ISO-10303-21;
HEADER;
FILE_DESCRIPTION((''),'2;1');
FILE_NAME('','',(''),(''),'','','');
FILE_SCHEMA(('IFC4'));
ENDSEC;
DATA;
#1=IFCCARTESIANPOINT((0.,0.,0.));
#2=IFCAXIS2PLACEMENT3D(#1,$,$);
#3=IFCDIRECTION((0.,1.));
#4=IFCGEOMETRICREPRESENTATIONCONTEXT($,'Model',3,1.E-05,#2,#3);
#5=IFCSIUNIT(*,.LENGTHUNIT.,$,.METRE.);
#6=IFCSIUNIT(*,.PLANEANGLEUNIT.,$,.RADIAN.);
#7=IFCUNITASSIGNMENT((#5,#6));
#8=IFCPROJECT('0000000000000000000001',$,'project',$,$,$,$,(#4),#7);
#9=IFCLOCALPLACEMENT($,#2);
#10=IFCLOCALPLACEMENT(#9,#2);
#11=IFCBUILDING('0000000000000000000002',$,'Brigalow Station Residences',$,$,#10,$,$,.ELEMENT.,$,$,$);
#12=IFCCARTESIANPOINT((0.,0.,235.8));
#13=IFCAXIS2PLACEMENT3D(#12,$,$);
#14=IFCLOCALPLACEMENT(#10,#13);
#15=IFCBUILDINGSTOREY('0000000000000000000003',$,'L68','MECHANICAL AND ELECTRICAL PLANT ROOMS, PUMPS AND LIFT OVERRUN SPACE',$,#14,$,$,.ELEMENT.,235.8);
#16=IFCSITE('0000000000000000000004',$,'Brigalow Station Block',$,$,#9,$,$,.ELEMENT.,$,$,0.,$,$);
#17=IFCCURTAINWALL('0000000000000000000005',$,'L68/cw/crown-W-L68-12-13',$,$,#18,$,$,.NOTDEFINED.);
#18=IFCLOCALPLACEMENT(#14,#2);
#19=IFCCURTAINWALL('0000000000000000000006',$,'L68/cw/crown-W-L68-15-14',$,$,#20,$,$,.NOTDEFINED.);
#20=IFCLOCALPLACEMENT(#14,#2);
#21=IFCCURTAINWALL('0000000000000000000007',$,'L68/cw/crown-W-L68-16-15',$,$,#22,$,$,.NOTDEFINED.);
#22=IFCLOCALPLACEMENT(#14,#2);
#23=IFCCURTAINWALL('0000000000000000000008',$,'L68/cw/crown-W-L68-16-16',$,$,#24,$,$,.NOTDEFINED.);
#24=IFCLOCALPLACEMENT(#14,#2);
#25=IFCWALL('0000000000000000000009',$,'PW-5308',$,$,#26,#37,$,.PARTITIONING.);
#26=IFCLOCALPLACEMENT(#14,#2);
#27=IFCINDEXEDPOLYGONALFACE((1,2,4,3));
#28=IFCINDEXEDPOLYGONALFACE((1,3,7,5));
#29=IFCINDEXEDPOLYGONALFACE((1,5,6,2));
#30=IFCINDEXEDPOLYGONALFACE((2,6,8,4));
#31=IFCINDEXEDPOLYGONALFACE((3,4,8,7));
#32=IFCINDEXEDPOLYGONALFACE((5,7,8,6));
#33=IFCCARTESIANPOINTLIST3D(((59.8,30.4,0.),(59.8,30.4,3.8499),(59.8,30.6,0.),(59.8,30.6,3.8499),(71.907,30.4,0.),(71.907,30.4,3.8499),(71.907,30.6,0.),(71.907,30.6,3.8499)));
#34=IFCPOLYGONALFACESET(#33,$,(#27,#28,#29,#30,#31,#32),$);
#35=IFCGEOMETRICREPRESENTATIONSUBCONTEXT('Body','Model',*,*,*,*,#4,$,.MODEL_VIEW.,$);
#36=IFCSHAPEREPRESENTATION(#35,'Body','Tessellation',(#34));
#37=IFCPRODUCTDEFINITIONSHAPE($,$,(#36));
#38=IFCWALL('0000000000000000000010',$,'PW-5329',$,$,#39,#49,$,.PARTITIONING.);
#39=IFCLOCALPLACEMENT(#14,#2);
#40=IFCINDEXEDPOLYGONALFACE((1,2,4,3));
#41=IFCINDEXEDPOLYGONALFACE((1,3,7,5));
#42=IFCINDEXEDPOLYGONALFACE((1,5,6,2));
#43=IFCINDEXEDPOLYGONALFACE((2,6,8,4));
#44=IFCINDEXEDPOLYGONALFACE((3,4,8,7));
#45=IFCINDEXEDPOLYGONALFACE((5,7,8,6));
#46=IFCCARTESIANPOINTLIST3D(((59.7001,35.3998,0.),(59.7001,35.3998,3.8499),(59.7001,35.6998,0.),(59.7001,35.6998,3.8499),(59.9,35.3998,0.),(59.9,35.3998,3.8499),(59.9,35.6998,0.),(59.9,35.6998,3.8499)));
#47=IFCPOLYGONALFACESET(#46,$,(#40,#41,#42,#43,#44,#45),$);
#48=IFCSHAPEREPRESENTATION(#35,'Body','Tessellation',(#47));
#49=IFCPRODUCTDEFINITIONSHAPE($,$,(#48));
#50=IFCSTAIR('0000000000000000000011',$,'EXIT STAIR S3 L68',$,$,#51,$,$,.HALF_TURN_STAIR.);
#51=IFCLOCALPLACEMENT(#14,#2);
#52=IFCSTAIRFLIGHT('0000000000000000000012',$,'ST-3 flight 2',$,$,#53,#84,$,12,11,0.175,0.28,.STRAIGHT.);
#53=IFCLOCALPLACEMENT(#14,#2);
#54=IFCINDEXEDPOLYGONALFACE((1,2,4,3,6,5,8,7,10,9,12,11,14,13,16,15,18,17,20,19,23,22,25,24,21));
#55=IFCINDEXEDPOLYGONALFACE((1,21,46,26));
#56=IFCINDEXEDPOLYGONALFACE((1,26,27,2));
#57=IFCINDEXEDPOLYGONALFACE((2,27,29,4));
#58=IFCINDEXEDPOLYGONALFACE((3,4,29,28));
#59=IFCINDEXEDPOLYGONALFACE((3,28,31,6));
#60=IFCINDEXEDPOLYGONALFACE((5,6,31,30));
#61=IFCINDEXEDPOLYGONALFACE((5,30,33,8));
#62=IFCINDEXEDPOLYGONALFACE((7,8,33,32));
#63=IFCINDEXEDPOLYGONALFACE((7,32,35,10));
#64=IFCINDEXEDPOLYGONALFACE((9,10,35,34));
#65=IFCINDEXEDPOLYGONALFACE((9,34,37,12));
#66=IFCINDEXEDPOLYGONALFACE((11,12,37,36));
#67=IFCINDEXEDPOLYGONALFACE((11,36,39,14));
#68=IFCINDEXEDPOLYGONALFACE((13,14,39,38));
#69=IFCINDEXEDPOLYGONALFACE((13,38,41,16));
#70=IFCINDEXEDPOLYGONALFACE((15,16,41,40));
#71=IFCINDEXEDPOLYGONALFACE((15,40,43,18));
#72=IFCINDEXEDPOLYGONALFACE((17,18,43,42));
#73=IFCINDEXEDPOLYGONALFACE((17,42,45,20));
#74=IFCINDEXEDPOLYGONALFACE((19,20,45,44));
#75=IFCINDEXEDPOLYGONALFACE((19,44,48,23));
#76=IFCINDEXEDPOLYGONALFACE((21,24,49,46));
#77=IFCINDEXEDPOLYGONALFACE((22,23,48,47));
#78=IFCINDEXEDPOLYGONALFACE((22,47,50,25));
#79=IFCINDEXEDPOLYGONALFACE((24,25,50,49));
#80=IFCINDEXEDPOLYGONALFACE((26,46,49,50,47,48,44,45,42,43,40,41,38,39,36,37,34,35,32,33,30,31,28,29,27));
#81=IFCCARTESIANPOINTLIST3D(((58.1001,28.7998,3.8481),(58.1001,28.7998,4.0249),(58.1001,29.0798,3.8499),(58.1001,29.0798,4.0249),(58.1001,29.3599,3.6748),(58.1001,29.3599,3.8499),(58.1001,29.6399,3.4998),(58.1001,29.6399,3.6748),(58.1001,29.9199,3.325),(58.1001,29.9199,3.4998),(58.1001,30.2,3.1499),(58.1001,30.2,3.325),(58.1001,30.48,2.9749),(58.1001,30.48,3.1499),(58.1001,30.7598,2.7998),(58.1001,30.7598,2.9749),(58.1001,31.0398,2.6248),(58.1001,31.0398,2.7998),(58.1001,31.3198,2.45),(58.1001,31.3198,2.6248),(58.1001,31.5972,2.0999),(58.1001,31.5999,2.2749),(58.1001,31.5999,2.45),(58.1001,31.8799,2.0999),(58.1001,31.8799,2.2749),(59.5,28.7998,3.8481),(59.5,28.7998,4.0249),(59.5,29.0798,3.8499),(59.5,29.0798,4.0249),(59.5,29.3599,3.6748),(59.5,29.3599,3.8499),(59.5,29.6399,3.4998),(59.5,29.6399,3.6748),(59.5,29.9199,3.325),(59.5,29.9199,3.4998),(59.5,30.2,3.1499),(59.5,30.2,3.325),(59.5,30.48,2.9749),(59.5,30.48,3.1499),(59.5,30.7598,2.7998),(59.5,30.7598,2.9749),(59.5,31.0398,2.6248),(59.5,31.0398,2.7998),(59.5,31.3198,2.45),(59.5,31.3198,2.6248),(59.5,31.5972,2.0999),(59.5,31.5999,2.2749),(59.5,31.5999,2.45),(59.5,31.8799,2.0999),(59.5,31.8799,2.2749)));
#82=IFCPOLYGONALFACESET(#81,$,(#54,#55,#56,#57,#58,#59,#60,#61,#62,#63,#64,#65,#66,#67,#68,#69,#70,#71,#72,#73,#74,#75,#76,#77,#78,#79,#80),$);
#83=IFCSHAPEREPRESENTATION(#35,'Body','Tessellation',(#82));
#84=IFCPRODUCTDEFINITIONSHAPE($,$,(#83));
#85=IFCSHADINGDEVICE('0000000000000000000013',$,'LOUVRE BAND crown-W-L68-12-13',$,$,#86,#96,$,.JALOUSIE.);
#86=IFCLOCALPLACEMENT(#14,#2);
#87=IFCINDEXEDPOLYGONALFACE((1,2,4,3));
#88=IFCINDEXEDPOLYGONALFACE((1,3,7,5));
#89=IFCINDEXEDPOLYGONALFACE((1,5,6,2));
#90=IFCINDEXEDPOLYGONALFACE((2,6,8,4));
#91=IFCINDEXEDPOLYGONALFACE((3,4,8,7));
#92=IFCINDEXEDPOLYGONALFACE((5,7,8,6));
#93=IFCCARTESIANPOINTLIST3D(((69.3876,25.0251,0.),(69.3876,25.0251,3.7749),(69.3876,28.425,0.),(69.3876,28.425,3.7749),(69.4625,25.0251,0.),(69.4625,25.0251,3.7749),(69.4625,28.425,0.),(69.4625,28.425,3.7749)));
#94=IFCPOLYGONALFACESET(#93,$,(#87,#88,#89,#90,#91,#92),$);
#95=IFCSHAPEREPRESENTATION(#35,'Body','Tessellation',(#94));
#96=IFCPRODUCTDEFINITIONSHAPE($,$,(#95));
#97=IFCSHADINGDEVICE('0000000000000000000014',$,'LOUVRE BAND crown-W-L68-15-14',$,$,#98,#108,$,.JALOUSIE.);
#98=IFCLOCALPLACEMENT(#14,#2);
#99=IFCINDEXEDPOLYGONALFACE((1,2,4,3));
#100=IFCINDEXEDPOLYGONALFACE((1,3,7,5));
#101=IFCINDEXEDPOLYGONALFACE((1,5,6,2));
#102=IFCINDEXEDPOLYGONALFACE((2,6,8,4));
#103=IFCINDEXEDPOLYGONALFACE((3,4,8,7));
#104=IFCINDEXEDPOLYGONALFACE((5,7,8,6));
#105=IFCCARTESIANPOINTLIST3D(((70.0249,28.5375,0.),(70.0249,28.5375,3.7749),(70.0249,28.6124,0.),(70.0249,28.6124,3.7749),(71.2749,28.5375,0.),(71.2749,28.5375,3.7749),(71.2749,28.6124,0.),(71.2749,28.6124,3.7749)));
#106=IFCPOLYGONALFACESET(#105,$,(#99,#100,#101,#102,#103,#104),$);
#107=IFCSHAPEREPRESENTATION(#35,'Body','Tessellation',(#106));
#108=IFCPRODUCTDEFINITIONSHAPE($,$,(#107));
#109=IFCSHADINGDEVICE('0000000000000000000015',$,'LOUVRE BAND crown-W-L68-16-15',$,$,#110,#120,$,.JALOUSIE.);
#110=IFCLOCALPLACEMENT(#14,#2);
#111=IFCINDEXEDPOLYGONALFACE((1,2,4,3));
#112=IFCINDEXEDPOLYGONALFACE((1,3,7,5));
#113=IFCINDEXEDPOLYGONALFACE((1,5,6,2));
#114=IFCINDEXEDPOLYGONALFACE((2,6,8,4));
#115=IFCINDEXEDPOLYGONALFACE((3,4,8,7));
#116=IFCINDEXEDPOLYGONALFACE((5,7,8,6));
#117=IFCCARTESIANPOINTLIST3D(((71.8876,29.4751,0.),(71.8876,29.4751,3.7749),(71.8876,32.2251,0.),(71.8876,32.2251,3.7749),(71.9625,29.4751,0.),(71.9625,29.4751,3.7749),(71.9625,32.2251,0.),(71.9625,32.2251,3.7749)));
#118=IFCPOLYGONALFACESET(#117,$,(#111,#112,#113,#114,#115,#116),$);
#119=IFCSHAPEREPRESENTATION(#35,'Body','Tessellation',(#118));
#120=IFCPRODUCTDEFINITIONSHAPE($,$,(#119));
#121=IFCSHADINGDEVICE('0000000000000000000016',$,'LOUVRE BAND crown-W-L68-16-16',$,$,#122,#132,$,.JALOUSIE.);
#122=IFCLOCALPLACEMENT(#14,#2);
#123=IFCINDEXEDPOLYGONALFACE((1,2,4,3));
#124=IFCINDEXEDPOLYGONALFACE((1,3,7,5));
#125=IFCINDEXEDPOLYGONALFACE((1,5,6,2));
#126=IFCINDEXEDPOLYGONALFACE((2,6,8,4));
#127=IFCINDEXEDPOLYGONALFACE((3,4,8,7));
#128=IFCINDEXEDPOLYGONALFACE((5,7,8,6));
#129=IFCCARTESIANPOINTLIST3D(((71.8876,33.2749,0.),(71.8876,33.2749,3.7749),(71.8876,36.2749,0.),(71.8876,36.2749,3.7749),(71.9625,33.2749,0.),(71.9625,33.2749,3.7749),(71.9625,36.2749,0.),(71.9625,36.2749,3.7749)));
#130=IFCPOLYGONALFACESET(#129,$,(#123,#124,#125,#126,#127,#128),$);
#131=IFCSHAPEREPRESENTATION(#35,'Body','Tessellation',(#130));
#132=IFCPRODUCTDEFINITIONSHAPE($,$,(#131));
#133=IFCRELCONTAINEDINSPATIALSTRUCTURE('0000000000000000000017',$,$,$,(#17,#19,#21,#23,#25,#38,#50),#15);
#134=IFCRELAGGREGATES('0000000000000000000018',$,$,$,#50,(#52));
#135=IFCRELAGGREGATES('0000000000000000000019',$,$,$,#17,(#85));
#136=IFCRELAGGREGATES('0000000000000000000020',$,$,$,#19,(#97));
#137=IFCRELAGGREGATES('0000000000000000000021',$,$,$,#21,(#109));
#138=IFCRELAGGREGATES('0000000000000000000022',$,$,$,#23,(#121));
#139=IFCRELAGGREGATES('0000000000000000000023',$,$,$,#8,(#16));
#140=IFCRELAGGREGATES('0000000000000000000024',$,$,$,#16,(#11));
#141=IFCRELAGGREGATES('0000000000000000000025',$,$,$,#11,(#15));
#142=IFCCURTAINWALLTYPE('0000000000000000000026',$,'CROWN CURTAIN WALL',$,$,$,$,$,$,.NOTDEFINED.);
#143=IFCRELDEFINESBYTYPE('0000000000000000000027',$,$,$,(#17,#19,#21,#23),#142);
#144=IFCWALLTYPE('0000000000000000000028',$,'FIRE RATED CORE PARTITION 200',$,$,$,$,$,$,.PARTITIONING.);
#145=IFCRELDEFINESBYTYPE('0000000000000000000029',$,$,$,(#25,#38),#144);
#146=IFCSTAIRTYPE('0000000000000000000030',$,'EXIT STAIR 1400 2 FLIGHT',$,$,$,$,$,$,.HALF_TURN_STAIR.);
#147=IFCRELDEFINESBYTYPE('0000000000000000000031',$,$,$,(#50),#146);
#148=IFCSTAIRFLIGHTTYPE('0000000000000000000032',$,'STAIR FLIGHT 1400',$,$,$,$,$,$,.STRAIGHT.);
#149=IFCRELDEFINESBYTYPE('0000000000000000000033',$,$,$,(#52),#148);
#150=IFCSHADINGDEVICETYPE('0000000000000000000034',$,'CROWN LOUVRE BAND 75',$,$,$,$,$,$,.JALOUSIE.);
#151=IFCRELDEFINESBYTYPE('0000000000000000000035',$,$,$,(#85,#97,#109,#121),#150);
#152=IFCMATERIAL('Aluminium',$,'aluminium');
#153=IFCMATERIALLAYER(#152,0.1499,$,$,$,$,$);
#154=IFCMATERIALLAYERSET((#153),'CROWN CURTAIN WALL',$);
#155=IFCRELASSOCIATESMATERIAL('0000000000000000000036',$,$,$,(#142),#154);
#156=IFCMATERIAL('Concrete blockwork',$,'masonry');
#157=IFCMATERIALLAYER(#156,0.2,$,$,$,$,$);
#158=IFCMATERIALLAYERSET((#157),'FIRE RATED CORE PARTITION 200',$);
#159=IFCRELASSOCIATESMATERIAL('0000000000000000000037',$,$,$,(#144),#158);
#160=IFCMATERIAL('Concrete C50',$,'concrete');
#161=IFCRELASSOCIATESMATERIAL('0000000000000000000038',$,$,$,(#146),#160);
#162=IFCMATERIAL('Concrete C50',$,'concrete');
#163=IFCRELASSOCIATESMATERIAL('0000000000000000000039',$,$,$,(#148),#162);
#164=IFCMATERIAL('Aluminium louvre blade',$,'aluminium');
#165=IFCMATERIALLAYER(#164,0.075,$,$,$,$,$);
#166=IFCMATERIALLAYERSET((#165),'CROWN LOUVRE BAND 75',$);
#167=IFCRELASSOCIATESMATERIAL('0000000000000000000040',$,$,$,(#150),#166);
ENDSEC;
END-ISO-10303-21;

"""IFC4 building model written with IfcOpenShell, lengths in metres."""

from ifc_helpers import new_model, si_unit, direction, frame, frame_2d, origin, origin_2d, place, context, subcontext, project, spatial, polyline, rectangle, outline, extrude, material, layer, layer_set, type_object, element, aggregate, save


model = new_model("IFC4")

# Units and contexts
model_context = context("Model", 3, precision=1e-05, world=origin(), true_north=direction((0.0, 1.0)))
body_context = subcontext(model_context, "Body", "Model", "MODEL_VIEW")
ifc_project = project(units=[si_unit("LENGTHUNIT", "METRE"), si_unit("PLANEANGLEUNIT", "RADIAN")], contexts=[model_context])

# Site, building, storey
site_placement = place(None, origin())
site = spatial("IfcSite", under=ifc_project, at=site_placement, Name="Brigalow Station Block", CompositionType="ELEMENT", RefElevation=0.0)
building_placement = place(site_placement, origin())
building = spatial("IfcBuilding", under=site, at=building_placement, Name="Brigalow Station Residences", CompositionType="ELEMENT")
storey_placement = place(building_placement, frame((0.0, 0.0, 235.8)))
storey = spatial("IfcBuildingStorey", under=building, at=storey_placement, Name="L68", Description="MECHANICAL AND ELECTRICAL PLANT ROOMS, PUMPS AND LIFT OVERRUN SPACE", CompositionType="ELEMENT", Elevation=235.8)

# Curtain walls
ifc_material_1 = material(Name="Aluminium", Category="aluminium")
ifc_layer_1 = layer(ifc_material_1, 0.1499)
ifc_layer_set_1 = layer_set([ifc_layer_1], Name="CROWN CURTAIN WALL")
curtain_wall_type = type_object("IfcCurtainWallType", Name="CROWN CURTAIN WALL", PredefinedType="NOTDEFINED", material=ifc_layer_set_1)
curtain_wall_1_placement = place(storey_placement, origin())
curtain_wall_1 = element("IfcCurtainWall", 1, at=curtain_wall_1_placement, inside=storey, type_object=curtain_wall_type, Name="L68/cw/crown-W-L68-12-13", PredefinedType="NOTDEFINED")
curtain_wall_2_placement = place(storey_placement, origin())
curtain_wall_2 = element("IfcCurtainWall", 2, at=curtain_wall_2_placement, inside=storey, type_object=curtain_wall_type, Name="L68/cw/crown-W-L68-15-14", PredefinedType="NOTDEFINED")
curtain_wall_3_placement = place(storey_placement, origin())
curtain_wall_3 = element("IfcCurtainWall", 3, at=curtain_wall_3_placement, inside=storey, type_object=curtain_wall_type, Name="L68/cw/crown-W-L68-16-15", PredefinedType="NOTDEFINED")

# Curtain wall
curtain_wall_4_placement = place(storey_placement, origin())
curtain_wall_4 = element("IfcCurtainWall", 4, at=curtain_wall_4_placement, inside=storey, type_object=curtain_wall_type, Name="L68/cw/crown-W-L68-16-16", PredefinedType="NOTDEFINED")

# Walls
ifc_material_2 = material(Name="Concrete blockwork", Category="masonry")
ifc_layer_2 = layer(ifc_material_2, 0.2)
ifc_layer_set_2 = layer_set([ifc_layer_2], Name="FIRE RATED CORE PARTITION 200")
wall_type_1 = type_object("IfcWallType", Name="FIRE RATED CORE PARTITION 200", PredefinedType="PARTITIONING", material=ifc_layer_set_2)
wall_1_placement = place(storey_placement, frame((59.8, 30.5, 0.0), z_axis=(0.0, 0.0, 1.0), x_axis=(1.0, 0.0, 0.0)))
element("IfcWall", 5, at=wall_1_placement, inside=storey, type_object=wall_type_1, Name="PW-5308", PredefinedType="PARTITIONING", context=body_context, shape_type="SweptSolid", body=[
    extrude(rectangle(XDim=12.1069, YDim=0.2, at=frame_2d((6.0535, 0.0))), origin(), (0.0, 0.0, 1.0), 3.8499),
])
wall_2_placement = place(storey_placement, frame((59.8, 35.3999, 0.0), z_axis=(0.0, 0.0, 1.0), x_axis=(0.0, 1.0, 0.0)))
element("IfcWall", 6, at=wall_2_placement, inside=storey, type_object=wall_type_1, Name="PW-5329", PredefinedType="PARTITIONING", context=body_context, shape_type="SweptSolid", body=[
    extrude(rectangle(XDim=0.3, YDim=0.2, at=frame_2d((0.1499, 0.0))), origin(), (0.0, 0.0, 1.0), 3.8499),
])

# Stair, stair flight
ifc_material_3 = material(Name="Concrete C50", Category="concrete")
stair_type = type_object("IfcStairType", Name="EXIT STAIR 1400 2 FLIGHT", PredefinedType="HALF_TURN_STAIR", material=ifc_material_3)
stair_placement = place(storey_placement, origin())
stair = element("IfcStair", 7, at=stair_placement, inside=storey, type_object=stair_type, Name="EXIT STAIR S3 L68", PredefinedType="HALF_TURN_STAIR")
ifc_material_4 = material(Name="Concrete C50", Category="concrete")
stair_flight_type = type_object("IfcStairFlightType", Name="STAIR FLIGHT 1400", PredefinedType="STRAIGHT", material=ifc_material_4)
stair_flight_placement = place(storey_placement, frame((58.8, 31.8799, 2.0999), z_axis=(0.0, 0.0, 1.0), x_axis=(0.0, -1.0, 0.0)))
stair_flight = element("IfcStairFlight", 8, at=stair_flight_placement, type_object=stair_flight_type, Name="ST-3 flight 2", NumberOfRisers=12, NumberOfTreads=11, PredefinedType="STRAIGHT", RiserHeight=0.175, TreadLength=0.28, context=body_context, shape_type="SweptSolid", body=[
    extrude(outline(polyline([(0.0, 0.0), (0.0, 0.175), (0.28, 0.175), (0.28, 0.3501), (0.5601, 0.3501), (0.5601, 0.5249), (0.8401, 0.5249), (0.8401, 0.7), (1.1201, 0.7), (1.1201, 0.875), (1.3999, 0.875), (1.3999, 1.05), (1.6799, 1.05), (1.6799, 1.2251), (1.96, 1.2251), (1.96, 1.3999), (2.24, 1.3999), (2.24, 1.575), (2.52, 1.575), (2.52, 1.75), (2.8, 1.75), (2.8, 1.925), (3.0801, 1.925), (3.0801, 2.1001), (3.0801, 1.7483), (0.2827, 0.0), (0.0, 0.0)])), frame((0.0, 0.7, 0.0), z_axis=(0.0, -1.0, 0.0), x_axis=(1.0, 0.0, 0.0)), (0.0, 0.0, 1.0), 1.3999),
])
aggregate(stair, [stair_flight])

# Shading devices
ifc_material_5 = material(Name="Aluminium louvre blade", Category="aluminium")
ifc_layer_3 = layer(ifc_material_5, 0.075)
ifc_layer_set_3 = layer_set([ifc_layer_3], Name="CROWN LOUVRE BAND 75")
shading_device_type = type_object("IfcShadingDeviceType", Name="CROWN LOUVRE BAND 75", PredefinedType="JALOUSIE", material=ifc_layer_set_3)
shading_device_1_placement = place(storey_placement, frame((69.425, 26.7251, 0.0), z_axis=(0.0, 0.0, 1.0), x_axis=(0.0, 1.0, 0.0)))
shading_device_1 = element("IfcShadingDevice", 9, at=shading_device_1_placement, type_object=shading_device_type, Name="LOUVRE BAND crown-W-L68-12-13", PredefinedType="JALOUSIE", context=body_context, shape_type="SweptSolid", body=[
    extrude(rectangle(XDim=3.3999, YDim=0.075, at=origin_2d()), origin(), (0.0, 0.0, 1.0), 3.7749),
])
aggregate(curtain_wall_1, [shading_device_1])
shading_device_2_placement = place(storey_placement, frame((70.6499, 28.575, 0.0), z_axis=(0.0, 0.0, 1.0), x_axis=(1.0, 0.0, 0.0)))
shading_device_2 = element("IfcShadingDevice", 10, at=shading_device_2_placement, type_object=shading_device_type, Name="LOUVRE BAND crown-W-L68-15-14", PredefinedType="JALOUSIE", context=body_context, shape_type="SweptSolid", body=[
    extrude(rectangle(XDim=1.25, YDim=0.075, at=origin_2d()), origin(), (0.0, 0.0, 1.0), 3.7749),
])
aggregate(curtain_wall_2, [shading_device_2])
shading_device_3_placement = place(storey_placement, frame((71.925, 30.8501, 0.0), z_axis=(0.0, 0.0, 1.0), x_axis=(0.0, 1.0, 0.0)))
shading_device_3 = element("IfcShadingDevice", 11, at=shading_device_3_placement, type_object=shading_device_type, Name="LOUVRE BAND crown-W-L68-16-15", PredefinedType="JALOUSIE", context=body_context, shape_type="SweptSolid", body=[
    extrude(rectangle(XDim=2.75, YDim=0.075, at=origin_2d()), origin(), (0.0, 0.0, 1.0), 3.7749),
])
aggregate(curtain_wall_3, [shading_device_3])
shading_device_4_placement = place(storey_placement, frame((71.925, 34.7749, 0.0), z_axis=(0.0, 0.0, 1.0), x_axis=(0.0, 1.0, 0.0)))
shading_device_4 = element("IfcShadingDevice", 12, at=shading_device_4_placement, type_object=shading_device_type, Name="LOUVRE BAND crown-W-L68-16-16", PredefinedType="JALOUSIE", context=body_context, shape_type="SweptSolid", body=[
    extrude(rectangle(XDim=3.0, YDim=0.075, at=origin_2d()), origin(), (0.0, 0.0, 1.0), 3.7749),
])
aggregate(curtain_wall_4, [shading_device_4])

save(model, "model.ifc")
